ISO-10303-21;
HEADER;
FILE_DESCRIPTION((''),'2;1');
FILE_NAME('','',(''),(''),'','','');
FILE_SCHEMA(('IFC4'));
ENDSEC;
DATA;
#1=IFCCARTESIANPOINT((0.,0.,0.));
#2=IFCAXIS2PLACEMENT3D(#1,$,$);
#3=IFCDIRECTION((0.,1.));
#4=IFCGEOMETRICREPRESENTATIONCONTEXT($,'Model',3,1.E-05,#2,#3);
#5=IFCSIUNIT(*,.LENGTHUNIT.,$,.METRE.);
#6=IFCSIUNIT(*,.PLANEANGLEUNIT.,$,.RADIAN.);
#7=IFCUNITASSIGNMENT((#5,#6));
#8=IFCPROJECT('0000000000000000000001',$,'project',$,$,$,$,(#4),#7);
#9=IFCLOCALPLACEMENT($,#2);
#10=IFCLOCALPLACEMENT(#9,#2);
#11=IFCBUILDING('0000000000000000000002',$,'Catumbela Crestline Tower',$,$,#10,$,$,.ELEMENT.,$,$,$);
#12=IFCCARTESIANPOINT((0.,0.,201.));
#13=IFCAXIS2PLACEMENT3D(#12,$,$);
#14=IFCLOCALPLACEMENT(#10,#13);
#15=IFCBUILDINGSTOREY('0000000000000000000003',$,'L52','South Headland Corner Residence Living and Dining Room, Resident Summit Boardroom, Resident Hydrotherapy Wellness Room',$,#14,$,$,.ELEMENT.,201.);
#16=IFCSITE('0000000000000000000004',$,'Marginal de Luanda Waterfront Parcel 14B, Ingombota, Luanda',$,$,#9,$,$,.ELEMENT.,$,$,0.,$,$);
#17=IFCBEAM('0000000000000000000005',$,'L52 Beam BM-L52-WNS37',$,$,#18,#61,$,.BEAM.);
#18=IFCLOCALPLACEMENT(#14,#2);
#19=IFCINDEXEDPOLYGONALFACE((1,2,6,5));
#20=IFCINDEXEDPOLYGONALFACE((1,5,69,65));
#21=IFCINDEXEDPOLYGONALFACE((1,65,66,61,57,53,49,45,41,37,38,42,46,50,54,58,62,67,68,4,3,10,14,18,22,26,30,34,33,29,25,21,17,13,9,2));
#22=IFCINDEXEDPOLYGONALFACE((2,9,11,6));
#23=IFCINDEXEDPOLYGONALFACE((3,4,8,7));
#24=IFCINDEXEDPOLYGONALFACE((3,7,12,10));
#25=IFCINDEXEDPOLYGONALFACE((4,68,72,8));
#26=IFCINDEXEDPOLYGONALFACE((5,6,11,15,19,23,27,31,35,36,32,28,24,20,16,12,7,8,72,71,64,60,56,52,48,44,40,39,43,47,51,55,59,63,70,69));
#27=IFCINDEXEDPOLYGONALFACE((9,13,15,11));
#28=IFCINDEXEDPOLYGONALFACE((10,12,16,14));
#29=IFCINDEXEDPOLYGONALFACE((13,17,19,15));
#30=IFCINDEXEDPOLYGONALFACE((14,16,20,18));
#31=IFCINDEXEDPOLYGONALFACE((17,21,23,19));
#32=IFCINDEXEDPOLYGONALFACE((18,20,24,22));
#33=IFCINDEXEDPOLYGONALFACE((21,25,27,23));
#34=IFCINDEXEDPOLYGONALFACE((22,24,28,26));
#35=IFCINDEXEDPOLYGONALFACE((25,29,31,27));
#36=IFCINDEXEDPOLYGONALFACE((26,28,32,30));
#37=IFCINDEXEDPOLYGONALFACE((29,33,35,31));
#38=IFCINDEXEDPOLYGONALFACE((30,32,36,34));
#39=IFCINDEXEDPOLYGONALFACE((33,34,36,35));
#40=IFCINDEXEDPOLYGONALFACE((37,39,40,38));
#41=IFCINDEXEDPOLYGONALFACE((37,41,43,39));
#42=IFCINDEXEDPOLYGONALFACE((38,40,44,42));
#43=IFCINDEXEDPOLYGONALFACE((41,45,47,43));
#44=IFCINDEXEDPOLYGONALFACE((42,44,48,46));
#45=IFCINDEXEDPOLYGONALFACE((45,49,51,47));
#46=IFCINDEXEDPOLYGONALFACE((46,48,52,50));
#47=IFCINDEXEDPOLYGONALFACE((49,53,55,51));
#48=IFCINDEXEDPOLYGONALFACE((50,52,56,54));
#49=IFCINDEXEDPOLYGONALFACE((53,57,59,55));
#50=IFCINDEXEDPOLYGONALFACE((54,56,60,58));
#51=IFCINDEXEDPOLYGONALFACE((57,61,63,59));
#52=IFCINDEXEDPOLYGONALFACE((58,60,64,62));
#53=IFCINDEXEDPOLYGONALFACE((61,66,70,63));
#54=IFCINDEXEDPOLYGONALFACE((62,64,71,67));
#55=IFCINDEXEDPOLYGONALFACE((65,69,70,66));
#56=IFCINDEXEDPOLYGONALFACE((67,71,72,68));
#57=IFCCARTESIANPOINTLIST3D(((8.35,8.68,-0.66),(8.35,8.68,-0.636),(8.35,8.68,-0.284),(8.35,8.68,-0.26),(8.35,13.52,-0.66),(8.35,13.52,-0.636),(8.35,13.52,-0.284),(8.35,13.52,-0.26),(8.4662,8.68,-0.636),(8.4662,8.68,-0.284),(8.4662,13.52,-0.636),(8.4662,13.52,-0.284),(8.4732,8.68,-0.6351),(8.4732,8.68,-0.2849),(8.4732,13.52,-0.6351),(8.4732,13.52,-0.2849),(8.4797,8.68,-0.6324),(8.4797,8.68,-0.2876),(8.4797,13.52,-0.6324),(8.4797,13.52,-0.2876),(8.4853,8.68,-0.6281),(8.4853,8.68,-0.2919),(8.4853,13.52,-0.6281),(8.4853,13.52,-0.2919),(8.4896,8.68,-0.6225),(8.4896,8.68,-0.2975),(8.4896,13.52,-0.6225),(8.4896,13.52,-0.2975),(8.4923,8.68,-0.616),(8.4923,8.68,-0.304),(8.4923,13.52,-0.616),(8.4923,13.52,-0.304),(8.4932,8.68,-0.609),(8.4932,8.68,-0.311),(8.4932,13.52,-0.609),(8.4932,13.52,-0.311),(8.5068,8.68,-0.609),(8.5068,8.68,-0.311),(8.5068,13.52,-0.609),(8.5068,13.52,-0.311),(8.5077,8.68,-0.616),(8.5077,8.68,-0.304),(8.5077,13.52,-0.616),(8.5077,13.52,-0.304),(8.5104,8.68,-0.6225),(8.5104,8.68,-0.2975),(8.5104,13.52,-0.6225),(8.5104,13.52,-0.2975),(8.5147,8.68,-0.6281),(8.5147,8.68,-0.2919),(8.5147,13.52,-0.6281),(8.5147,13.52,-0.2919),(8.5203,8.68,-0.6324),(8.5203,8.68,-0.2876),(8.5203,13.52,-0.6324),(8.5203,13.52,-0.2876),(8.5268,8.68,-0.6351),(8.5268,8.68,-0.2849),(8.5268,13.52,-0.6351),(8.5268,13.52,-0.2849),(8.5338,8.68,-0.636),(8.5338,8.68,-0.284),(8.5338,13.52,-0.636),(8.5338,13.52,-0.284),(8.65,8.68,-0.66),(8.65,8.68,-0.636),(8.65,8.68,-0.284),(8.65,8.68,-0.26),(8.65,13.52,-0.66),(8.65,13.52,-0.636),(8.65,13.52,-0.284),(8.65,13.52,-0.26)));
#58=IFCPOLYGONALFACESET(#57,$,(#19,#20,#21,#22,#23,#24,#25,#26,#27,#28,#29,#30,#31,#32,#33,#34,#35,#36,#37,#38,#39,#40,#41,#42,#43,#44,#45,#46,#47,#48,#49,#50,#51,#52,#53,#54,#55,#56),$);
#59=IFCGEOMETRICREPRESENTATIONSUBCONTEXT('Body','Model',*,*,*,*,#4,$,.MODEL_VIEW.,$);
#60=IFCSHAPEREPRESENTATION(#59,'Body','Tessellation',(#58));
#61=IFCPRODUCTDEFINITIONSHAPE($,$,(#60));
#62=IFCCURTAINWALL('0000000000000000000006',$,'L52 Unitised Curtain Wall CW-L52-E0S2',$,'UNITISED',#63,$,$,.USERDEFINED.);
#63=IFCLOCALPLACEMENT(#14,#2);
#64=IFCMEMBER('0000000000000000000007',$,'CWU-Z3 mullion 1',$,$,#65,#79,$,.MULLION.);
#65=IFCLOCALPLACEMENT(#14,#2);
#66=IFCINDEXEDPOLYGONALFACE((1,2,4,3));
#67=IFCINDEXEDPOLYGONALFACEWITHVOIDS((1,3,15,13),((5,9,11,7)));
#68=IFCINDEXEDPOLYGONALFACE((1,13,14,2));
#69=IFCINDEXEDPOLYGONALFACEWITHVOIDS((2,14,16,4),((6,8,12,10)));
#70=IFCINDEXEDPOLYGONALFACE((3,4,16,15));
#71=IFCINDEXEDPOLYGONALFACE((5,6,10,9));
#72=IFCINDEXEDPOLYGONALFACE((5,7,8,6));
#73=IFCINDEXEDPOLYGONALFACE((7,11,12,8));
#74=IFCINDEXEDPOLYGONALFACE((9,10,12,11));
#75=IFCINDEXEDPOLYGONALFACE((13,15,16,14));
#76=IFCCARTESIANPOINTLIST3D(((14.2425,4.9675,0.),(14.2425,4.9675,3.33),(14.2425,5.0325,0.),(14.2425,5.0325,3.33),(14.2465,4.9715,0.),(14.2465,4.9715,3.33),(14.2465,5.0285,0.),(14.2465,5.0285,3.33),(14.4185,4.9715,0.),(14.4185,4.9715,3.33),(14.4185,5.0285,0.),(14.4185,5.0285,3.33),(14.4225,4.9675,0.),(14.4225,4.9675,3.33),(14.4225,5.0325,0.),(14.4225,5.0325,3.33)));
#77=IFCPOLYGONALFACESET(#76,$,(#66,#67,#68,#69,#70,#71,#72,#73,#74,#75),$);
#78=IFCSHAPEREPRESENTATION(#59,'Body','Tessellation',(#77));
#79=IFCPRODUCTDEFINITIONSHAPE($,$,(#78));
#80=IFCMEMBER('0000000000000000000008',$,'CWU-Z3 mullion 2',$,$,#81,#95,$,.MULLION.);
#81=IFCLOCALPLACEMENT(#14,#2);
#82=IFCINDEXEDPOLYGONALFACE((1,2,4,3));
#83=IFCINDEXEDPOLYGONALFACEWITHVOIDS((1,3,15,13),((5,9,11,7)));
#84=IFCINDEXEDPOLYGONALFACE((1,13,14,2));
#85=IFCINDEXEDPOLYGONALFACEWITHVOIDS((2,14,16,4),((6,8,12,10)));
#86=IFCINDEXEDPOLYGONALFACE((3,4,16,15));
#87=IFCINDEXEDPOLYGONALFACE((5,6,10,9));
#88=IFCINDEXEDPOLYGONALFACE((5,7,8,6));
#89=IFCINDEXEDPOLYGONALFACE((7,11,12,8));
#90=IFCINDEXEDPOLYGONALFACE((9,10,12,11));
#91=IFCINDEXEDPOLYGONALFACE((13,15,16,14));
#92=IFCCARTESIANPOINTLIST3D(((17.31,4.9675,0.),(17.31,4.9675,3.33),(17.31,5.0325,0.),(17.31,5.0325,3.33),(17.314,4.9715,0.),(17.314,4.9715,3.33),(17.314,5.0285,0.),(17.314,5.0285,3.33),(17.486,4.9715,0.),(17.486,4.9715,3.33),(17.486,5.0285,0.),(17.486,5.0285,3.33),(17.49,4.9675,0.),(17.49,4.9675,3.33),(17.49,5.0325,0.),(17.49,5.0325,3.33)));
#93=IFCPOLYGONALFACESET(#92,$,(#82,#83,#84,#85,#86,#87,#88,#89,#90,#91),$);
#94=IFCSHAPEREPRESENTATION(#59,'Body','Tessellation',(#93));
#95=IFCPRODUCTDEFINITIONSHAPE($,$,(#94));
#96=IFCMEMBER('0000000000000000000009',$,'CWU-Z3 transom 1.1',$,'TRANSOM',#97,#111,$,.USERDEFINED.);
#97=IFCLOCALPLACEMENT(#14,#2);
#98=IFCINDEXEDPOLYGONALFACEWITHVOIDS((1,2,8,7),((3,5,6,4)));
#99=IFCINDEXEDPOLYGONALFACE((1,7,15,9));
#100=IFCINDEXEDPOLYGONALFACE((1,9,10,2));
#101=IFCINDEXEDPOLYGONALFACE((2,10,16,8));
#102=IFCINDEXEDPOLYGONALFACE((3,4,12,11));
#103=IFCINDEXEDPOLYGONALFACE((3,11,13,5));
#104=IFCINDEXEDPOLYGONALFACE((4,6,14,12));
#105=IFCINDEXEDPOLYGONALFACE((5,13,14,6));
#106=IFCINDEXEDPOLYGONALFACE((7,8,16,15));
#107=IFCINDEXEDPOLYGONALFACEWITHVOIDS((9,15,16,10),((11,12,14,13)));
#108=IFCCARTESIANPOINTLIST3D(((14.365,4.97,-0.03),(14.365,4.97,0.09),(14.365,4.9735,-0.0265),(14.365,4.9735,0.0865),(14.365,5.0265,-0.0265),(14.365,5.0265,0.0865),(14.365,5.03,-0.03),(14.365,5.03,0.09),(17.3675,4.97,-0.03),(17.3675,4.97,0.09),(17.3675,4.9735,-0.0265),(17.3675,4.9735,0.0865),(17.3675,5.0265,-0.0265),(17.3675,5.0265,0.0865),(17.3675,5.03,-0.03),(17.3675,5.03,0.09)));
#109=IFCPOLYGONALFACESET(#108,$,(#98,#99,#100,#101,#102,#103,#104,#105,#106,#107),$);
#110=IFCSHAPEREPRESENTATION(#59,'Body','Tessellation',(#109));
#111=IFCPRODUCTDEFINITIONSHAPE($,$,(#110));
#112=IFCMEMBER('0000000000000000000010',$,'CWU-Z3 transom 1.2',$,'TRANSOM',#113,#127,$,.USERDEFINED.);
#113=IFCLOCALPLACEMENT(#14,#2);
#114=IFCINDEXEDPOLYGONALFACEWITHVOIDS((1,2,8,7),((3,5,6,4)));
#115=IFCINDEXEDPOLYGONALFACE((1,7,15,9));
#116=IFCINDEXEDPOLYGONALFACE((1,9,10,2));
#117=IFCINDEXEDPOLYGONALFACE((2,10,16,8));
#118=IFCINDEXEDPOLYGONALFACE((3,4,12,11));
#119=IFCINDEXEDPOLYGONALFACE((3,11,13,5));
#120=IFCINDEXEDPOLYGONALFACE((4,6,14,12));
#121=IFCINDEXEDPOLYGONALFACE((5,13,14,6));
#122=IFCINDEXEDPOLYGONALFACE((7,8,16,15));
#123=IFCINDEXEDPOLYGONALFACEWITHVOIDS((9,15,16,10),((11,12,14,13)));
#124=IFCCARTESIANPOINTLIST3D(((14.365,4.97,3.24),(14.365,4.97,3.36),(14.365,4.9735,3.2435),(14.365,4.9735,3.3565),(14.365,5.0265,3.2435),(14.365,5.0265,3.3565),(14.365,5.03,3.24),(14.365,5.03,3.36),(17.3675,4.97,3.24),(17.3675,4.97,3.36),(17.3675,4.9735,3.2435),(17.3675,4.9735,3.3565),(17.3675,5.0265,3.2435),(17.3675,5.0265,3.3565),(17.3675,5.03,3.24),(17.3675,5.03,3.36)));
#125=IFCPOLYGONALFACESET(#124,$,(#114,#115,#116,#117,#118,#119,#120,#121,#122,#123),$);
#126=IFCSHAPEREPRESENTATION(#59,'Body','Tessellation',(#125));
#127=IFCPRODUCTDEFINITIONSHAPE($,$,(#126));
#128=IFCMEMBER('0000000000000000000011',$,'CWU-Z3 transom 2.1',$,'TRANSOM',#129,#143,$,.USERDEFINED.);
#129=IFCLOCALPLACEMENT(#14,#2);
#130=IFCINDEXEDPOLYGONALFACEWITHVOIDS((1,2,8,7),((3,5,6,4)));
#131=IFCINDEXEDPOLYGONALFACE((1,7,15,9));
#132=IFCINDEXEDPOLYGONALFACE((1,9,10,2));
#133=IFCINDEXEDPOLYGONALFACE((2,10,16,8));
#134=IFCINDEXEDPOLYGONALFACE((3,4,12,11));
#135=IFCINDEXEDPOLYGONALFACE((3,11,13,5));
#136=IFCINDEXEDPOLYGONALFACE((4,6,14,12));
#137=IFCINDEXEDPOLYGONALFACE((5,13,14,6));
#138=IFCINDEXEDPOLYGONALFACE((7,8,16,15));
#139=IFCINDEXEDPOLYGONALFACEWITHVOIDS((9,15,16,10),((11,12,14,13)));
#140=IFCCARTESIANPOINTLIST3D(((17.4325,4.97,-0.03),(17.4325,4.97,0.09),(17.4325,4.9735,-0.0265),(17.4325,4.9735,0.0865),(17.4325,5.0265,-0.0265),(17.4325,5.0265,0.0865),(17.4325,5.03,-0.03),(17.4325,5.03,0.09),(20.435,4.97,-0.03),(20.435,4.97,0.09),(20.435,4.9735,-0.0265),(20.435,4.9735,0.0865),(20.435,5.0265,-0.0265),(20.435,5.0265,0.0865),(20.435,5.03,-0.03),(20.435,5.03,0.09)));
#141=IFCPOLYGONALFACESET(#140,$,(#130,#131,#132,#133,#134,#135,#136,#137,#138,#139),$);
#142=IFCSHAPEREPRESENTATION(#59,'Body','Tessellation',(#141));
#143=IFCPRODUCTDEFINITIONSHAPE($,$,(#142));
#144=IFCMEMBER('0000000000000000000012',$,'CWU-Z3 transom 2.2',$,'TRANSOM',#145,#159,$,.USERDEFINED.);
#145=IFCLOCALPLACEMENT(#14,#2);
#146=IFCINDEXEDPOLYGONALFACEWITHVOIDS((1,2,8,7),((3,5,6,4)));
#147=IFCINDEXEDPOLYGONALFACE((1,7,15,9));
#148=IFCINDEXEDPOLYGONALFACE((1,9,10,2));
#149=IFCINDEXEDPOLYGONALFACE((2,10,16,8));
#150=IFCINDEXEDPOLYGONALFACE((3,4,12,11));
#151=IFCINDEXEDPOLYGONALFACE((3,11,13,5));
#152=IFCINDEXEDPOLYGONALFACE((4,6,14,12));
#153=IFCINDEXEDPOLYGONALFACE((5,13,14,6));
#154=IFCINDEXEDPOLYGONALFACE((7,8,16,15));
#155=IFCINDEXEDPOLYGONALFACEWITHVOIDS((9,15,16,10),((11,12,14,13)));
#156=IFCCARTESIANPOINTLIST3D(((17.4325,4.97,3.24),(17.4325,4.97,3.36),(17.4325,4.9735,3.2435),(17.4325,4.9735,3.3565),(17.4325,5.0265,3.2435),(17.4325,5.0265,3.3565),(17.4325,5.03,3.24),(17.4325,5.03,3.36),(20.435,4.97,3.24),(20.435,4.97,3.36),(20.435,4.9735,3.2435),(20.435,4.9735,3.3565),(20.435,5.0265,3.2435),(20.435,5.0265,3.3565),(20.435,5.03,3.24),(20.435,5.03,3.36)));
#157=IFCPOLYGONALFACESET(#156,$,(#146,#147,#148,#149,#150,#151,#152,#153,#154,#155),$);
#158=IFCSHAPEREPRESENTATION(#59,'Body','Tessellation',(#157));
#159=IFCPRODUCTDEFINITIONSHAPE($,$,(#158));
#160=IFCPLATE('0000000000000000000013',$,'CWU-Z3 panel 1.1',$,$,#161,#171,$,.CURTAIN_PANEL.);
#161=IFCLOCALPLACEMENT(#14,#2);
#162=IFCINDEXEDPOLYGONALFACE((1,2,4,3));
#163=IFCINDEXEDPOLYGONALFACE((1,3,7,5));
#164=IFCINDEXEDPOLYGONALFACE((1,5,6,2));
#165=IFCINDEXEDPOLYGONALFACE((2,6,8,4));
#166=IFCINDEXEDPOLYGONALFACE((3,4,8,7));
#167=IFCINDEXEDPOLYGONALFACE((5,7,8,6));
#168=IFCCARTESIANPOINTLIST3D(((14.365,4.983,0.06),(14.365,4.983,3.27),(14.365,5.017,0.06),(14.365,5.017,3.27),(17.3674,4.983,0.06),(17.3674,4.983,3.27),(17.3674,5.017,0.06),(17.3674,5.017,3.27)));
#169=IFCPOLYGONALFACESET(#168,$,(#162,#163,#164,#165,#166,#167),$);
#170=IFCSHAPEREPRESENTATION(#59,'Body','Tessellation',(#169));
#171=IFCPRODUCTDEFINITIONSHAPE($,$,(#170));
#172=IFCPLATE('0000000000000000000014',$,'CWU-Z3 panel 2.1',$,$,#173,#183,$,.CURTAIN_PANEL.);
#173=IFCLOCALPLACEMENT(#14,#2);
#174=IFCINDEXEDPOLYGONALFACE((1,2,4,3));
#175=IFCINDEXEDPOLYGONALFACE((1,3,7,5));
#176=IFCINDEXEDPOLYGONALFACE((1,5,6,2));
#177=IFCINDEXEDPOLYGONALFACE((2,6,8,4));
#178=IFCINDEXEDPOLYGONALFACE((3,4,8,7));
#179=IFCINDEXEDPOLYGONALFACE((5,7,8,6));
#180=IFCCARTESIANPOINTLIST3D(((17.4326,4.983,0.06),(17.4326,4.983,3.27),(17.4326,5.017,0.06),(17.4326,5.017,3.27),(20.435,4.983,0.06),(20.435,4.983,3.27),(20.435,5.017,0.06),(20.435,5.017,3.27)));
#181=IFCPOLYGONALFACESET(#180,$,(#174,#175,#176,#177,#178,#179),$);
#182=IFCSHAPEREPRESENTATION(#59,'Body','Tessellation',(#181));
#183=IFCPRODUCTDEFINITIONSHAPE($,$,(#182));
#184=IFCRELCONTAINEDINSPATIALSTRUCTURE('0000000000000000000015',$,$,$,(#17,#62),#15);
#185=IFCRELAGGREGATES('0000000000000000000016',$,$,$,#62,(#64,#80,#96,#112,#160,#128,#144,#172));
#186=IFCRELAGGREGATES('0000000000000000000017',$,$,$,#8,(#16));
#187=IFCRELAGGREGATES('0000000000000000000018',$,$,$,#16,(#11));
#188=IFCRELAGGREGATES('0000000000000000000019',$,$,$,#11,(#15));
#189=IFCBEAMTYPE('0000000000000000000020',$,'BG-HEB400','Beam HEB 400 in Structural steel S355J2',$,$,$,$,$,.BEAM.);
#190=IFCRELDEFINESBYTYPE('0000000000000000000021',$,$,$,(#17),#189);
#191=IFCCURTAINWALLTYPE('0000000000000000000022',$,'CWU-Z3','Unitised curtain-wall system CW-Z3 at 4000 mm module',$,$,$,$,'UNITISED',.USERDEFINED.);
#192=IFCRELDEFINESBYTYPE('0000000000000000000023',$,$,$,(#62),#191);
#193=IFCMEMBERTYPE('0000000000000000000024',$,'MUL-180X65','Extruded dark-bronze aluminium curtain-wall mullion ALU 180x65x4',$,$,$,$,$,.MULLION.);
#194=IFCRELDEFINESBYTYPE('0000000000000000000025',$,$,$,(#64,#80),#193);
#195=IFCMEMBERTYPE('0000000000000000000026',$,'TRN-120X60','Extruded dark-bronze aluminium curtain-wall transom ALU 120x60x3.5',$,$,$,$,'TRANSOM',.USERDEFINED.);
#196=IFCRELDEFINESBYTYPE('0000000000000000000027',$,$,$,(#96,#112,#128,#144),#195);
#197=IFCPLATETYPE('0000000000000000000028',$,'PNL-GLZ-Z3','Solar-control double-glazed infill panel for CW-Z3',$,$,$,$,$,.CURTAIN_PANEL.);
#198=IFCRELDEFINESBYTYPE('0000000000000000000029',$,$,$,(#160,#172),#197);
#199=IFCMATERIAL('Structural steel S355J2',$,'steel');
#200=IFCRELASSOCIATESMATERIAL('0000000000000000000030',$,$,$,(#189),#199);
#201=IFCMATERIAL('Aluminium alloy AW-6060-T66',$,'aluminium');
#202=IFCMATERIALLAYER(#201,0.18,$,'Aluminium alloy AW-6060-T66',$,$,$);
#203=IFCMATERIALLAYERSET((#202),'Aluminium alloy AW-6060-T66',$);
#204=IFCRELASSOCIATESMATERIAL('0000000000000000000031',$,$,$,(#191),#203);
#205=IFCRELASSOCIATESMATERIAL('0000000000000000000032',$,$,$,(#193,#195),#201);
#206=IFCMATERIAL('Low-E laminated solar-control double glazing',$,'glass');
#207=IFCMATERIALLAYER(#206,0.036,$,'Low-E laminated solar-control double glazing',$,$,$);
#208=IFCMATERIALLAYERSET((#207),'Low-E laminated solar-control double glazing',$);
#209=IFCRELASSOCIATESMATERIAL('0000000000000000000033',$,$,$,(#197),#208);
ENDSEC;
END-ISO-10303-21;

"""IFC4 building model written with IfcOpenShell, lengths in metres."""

from ifc_helpers import new_model, si_unit, direction, frame, origin, origin_2d, place, context, subcontext, project, spatial, rectangle, hollow_rectangle, i_section, extrude, material, layer, layer_set, material_profile, profile_set, type_object, element, aggregate, save


model = new_model("IFC4")

# Units and contexts
model_context = context("Model", 3, precision=1e-05, world=origin(), true_north=direction((0.0, 1.0)))
body_context = subcontext(model_context, "Body", "Model", "MODEL_VIEW")
ifc_project = project(units=[si_unit("LENGTHUNIT", "METRE"), si_unit("PLANEANGLEUNIT", "RADIAN")], contexts=[model_context])

# Site, building, storey
site_placement = place(None, origin())
site = spatial("IfcSite", under=ifc_project, at=site_placement, Name="Marginal de Luanda Waterfront Parcel 14B, Ingombota, Luanda", CompositionType="ELEMENT", RefElevation=0.0)
building_placement = place(site_placement, origin())
building = spatial("IfcBuilding", under=site, at=building_placement, Name="Catumbela Crestline Tower", CompositionType="ELEMENT")
storey_placement = place(building_placement, frame((0.0, 0.0, 201.0)))
storey = spatial("IfcBuildingStorey", under=building, at=storey_placement, Name="L52", Description="South Headland Corner Residence Living and Dining Room, Resident Summit Boardroom, Resident Hydrotherapy Wellness Room", CompositionType="ELEMENT", Elevation=201.0)

# Shared definitions
ifc_material_1 = material(Name="Structural steel S355J2", Category="steel")

# Beam
ifc_material_profile_1 = material_profile(ifc_material_1, i_section(OverallWidth=0.3, OverallDepth=0.4, WebThickness=0.0135, FlangeThickness=0.024, FilletRadius=0.027, at=origin_2d()), Name="HEB 400")
ifc_profile_set_1 = profile_set([ifc_material_profile_1], Name="Structural steel S355J2")
beam_type = type_object("IfcBeamType", Name="BG-HEB400", Description="Beam HEB 400 in Structural steel S355J2", PredefinedType="BEAM", material=ifc_profile_set_1)
beam_1_placement = place(storey_placement, frame((8.5, 8.68, -0.46), z_axis=(0.0, 1.0, 0.0), x_axis=(-1.0, 0.0, 0.0)))
element("IfcBeam", 1, at=beam_1_placement, inside=storey, type_object=beam_type, Name="L52 Beam BM-L52-WNS37", PredefinedType="BEAM", context=body_context, shape_type="SweptSolid", body=[
    extrude(i_section(OverallWidth=0.3, OverallDepth=0.4, WebThickness=0.0135, FlangeThickness=0.024, FilletRadius=0.027, at=origin_2d()), origin(), (0.0, 0.0, 1.0), 4.84),
])

# Curtain wall, members, plates
ifc_material_2 = material(Name="Aluminium alloy AW-6060-T66", Category="aluminium")
ifc_layer_1 = layer(ifc_material_2, 0.18, Name="Aluminium alloy AW-6060-T66")
ifc_layer_set_1 = layer_set([ifc_layer_1], Name="Aluminium alloy AW-6060-T66")
curtain_wall_type = type_object("IfcCurtainWallType", Name="CWU-Z3", Description="Unitised curtain-wall system CW-Z3 at 4000 mm module", ElementType="UNITISED", PredefinedType="USERDEFINED", material=ifc_layer_set_1)
curtain_wall_placement = place(storey_placement, origin())
curtain_wall = element("IfcCurtainWall", 2, at=curtain_wall_placement, inside=storey, type_object=curtain_wall_type, Name="L52 Unitised Curtain Wall CW-L52-E0S2", ObjectType="UNITISED", PredefinedType="USERDEFINED")
ifc_material_profile_2 = material_profile(ifc_material_2, hollow_rectangle(XDim=0.065, YDim=0.18, WallThickness=0.004, at=origin_2d()), Name="ALU 180x65x4")
ifc_profile_set_2 = profile_set([ifc_material_profile_2], Name="Aluminium alloy AW-6060-T66")
member_type_1 = type_object("IfcMemberType", Name="MUL-180X65", Description="Extruded dark-bronze aluminium curtain-wall mullion ALU 180x65x4", PredefinedType="MULLION", material=ifc_profile_set_2)
member_1_placement = place(storey_placement, frame((14.3325, 5.0, 0.0), z_axis=(0.0, 0.0, 1.0), x_axis=(0.0, 1.0, 0.0)))
member_1 = element("IfcMember", 3, at=member_1_placement, type_object=member_type_1, Name="CWU-Z3 mullion 1", PredefinedType="MULLION", context=body_context, shape_type="SweptSolid", body=[
    extrude(hollow_rectangle(XDim=0.065, YDim=0.18, WallThickness=0.004, at=origin_2d()), origin(), (0.0, 0.0, 1.0), 3.33),
])
member_2_placement = place(storey_placement, frame((17.4, 5.0, 0.0), z_axis=(0.0, 0.0, 1.0), x_axis=(0.0, 1.0, 0.0)))
member_2 = element("IfcMember", 4, at=member_2_placement, type_object=member_type_1, Name="CWU-Z3 mullion 2", PredefinedType="MULLION", context=body_context, shape_type="SweptSolid", body=[
    extrude(hollow_rectangle(XDim=0.065, YDim=0.18, WallThickness=0.004, at=origin_2d()), origin(), (0.0, 0.0, 1.0), 3.33),
])
ifc_material_profile_3 = material_profile(ifc_material_2, hollow_rectangle(XDim=0.06, YDim=0.12, WallThickness=0.0035, at=origin_2d()), Name="ALU 120x60x3.5")
ifc_profile_set_3 = profile_set([ifc_material_profile_3], Name="Aluminium alloy AW-6060-T66")
member_type_2 = type_object("IfcMemberType", Name="TRN-120X60", Description="Extruded dark-bronze aluminium curtain-wall transom ALU 120x60x3.5", ElementType="TRANSOM", PredefinedType="USERDEFINED", material=ifc_profile_set_3)
member_3_placement = place(storey_placement, frame((14.365, 5.0, 0.03), z_axis=(1.0, 0.0, 0.0), x_axis=(0.0, 1.0, 0.0)))
member_3 = element("IfcMember", 5, at=member_3_placement, type_object=member_type_2, Name="CWU-Z3 transom 1.1", ObjectType="TRANSOM", PredefinedType="USERDEFINED", context=body_context, shape_type="SweptSolid", body=[
    extrude(hollow_rectangle(XDim=0.06, YDim=0.12, WallThickness=0.0035, at=origin_2d()), origin(), (0.0, 0.0, 1.0), 3.0025),
])
member_4_placement = place(storey_placement, frame((14.365, 5.0, 3.3), z_axis=(1.0, 0.0, 0.0), x_axis=(0.0, 1.0, 0.0)))
member_4 = element("IfcMember", 6, at=member_4_placement, type_object=member_type_2, Name="CWU-Z3 transom 1.2", ObjectType="TRANSOM", PredefinedType="USERDEFINED", context=body_context, shape_type="SweptSolid", body=[
    extrude(hollow_rectangle(XDim=0.06, YDim=0.12, WallThickness=0.0035, at=origin_2d()), origin(), (0.0, 0.0, 1.0), 3.0025),
])
member_5_placement = place(storey_placement, frame((17.4325, 5.0, 0.03), z_axis=(1.0, 0.0, 0.0), x_axis=(0.0, 1.0, 0.0)))
member_5 = element("IfcMember", 7, at=member_5_placement, type_object=member_type_2, Name="CWU-Z3 transom 2.1", ObjectType="TRANSOM", PredefinedType="USERDEFINED", context=body_context, shape_type="SweptSolid", body=[
    extrude(hollow_rectangle(XDim=0.06, YDim=0.12, WallThickness=0.0035, at=origin_2d()), origin(), (0.0, 0.0, 1.0), 3.0025),
])
member_6_placement = place(storey_placement, frame((17.4325, 5.0, 3.3), z_axis=(1.0, 0.0, 0.0), x_axis=(0.0, 1.0, 0.0)))
member_6 = element("IfcMember", 8, at=member_6_placement, type_object=member_type_2, Name="CWU-Z3 transom 2.2", ObjectType="TRANSOM", PredefinedType="USERDEFINED", context=body_context, shape_type="SweptSolid", body=[
    extrude(hollow_rectangle(XDim=0.06, YDim=0.12, WallThickness=0.0035, at=origin_2d()), origin(), (0.0, 0.0, 1.0), 3.0025),
])
ifc_material_3 = material(Name="Low-E laminated solar-control double glazing", Category="glass")
ifc_layer_2 = layer(ifc_material_3, 0.036, Name="Low-E laminated solar-control double glazing")
ifc_layer_set_2 = layer_set([ifc_layer_2], Name="Low-E laminated solar-control double glazing")
plate_type = type_object("IfcPlateType", Name="PNL-GLZ-Z3", Description="Solar-control double-glazed infill panel for CW-Z3", PredefinedType="CURTAIN_PANEL", material=ifc_layer_set_2)
plate_1_placement = place(storey_placement, frame((15.8662, 5.0, 0.06), z_axis=(0.0, 0.0, 1.0), x_axis=(1.0, 0.0, 0.0)))
plate_1 = element("IfcPlate", 9, at=plate_1_placement, type_object=plate_type, Name="CWU-Z3 panel 1.1", PredefinedType="CURTAIN_PANEL", context=body_context, shape_type="SweptSolid", body=[
    extrude(rectangle(XDim=3.0025, YDim=0.034, at=origin_2d()), origin(), (0.0, 0.0, 1.0), 3.21),
])
plate_2_placement = place(storey_placement, frame((18.9338, 5.0, 0.06), z_axis=(0.0, 0.0, 1.0), x_axis=(1.0, 0.0, 0.0)))
plate_2 = element("IfcPlate", 10, at=plate_2_placement, type_object=plate_type, Name="CWU-Z3 panel 2.1", PredefinedType="CURTAIN_PANEL", context=body_context, shape_type="SweptSolid", body=[
    extrude(rectangle(XDim=3.0025, YDim=0.034, at=origin_2d()), origin(), (0.0, 0.0, 1.0), 3.21),
])
aggregate(curtain_wall, [member_1, member_2, member_3, member_4, plate_1, member_5, member_6, plate_2])

save(model, "model.ifc")
